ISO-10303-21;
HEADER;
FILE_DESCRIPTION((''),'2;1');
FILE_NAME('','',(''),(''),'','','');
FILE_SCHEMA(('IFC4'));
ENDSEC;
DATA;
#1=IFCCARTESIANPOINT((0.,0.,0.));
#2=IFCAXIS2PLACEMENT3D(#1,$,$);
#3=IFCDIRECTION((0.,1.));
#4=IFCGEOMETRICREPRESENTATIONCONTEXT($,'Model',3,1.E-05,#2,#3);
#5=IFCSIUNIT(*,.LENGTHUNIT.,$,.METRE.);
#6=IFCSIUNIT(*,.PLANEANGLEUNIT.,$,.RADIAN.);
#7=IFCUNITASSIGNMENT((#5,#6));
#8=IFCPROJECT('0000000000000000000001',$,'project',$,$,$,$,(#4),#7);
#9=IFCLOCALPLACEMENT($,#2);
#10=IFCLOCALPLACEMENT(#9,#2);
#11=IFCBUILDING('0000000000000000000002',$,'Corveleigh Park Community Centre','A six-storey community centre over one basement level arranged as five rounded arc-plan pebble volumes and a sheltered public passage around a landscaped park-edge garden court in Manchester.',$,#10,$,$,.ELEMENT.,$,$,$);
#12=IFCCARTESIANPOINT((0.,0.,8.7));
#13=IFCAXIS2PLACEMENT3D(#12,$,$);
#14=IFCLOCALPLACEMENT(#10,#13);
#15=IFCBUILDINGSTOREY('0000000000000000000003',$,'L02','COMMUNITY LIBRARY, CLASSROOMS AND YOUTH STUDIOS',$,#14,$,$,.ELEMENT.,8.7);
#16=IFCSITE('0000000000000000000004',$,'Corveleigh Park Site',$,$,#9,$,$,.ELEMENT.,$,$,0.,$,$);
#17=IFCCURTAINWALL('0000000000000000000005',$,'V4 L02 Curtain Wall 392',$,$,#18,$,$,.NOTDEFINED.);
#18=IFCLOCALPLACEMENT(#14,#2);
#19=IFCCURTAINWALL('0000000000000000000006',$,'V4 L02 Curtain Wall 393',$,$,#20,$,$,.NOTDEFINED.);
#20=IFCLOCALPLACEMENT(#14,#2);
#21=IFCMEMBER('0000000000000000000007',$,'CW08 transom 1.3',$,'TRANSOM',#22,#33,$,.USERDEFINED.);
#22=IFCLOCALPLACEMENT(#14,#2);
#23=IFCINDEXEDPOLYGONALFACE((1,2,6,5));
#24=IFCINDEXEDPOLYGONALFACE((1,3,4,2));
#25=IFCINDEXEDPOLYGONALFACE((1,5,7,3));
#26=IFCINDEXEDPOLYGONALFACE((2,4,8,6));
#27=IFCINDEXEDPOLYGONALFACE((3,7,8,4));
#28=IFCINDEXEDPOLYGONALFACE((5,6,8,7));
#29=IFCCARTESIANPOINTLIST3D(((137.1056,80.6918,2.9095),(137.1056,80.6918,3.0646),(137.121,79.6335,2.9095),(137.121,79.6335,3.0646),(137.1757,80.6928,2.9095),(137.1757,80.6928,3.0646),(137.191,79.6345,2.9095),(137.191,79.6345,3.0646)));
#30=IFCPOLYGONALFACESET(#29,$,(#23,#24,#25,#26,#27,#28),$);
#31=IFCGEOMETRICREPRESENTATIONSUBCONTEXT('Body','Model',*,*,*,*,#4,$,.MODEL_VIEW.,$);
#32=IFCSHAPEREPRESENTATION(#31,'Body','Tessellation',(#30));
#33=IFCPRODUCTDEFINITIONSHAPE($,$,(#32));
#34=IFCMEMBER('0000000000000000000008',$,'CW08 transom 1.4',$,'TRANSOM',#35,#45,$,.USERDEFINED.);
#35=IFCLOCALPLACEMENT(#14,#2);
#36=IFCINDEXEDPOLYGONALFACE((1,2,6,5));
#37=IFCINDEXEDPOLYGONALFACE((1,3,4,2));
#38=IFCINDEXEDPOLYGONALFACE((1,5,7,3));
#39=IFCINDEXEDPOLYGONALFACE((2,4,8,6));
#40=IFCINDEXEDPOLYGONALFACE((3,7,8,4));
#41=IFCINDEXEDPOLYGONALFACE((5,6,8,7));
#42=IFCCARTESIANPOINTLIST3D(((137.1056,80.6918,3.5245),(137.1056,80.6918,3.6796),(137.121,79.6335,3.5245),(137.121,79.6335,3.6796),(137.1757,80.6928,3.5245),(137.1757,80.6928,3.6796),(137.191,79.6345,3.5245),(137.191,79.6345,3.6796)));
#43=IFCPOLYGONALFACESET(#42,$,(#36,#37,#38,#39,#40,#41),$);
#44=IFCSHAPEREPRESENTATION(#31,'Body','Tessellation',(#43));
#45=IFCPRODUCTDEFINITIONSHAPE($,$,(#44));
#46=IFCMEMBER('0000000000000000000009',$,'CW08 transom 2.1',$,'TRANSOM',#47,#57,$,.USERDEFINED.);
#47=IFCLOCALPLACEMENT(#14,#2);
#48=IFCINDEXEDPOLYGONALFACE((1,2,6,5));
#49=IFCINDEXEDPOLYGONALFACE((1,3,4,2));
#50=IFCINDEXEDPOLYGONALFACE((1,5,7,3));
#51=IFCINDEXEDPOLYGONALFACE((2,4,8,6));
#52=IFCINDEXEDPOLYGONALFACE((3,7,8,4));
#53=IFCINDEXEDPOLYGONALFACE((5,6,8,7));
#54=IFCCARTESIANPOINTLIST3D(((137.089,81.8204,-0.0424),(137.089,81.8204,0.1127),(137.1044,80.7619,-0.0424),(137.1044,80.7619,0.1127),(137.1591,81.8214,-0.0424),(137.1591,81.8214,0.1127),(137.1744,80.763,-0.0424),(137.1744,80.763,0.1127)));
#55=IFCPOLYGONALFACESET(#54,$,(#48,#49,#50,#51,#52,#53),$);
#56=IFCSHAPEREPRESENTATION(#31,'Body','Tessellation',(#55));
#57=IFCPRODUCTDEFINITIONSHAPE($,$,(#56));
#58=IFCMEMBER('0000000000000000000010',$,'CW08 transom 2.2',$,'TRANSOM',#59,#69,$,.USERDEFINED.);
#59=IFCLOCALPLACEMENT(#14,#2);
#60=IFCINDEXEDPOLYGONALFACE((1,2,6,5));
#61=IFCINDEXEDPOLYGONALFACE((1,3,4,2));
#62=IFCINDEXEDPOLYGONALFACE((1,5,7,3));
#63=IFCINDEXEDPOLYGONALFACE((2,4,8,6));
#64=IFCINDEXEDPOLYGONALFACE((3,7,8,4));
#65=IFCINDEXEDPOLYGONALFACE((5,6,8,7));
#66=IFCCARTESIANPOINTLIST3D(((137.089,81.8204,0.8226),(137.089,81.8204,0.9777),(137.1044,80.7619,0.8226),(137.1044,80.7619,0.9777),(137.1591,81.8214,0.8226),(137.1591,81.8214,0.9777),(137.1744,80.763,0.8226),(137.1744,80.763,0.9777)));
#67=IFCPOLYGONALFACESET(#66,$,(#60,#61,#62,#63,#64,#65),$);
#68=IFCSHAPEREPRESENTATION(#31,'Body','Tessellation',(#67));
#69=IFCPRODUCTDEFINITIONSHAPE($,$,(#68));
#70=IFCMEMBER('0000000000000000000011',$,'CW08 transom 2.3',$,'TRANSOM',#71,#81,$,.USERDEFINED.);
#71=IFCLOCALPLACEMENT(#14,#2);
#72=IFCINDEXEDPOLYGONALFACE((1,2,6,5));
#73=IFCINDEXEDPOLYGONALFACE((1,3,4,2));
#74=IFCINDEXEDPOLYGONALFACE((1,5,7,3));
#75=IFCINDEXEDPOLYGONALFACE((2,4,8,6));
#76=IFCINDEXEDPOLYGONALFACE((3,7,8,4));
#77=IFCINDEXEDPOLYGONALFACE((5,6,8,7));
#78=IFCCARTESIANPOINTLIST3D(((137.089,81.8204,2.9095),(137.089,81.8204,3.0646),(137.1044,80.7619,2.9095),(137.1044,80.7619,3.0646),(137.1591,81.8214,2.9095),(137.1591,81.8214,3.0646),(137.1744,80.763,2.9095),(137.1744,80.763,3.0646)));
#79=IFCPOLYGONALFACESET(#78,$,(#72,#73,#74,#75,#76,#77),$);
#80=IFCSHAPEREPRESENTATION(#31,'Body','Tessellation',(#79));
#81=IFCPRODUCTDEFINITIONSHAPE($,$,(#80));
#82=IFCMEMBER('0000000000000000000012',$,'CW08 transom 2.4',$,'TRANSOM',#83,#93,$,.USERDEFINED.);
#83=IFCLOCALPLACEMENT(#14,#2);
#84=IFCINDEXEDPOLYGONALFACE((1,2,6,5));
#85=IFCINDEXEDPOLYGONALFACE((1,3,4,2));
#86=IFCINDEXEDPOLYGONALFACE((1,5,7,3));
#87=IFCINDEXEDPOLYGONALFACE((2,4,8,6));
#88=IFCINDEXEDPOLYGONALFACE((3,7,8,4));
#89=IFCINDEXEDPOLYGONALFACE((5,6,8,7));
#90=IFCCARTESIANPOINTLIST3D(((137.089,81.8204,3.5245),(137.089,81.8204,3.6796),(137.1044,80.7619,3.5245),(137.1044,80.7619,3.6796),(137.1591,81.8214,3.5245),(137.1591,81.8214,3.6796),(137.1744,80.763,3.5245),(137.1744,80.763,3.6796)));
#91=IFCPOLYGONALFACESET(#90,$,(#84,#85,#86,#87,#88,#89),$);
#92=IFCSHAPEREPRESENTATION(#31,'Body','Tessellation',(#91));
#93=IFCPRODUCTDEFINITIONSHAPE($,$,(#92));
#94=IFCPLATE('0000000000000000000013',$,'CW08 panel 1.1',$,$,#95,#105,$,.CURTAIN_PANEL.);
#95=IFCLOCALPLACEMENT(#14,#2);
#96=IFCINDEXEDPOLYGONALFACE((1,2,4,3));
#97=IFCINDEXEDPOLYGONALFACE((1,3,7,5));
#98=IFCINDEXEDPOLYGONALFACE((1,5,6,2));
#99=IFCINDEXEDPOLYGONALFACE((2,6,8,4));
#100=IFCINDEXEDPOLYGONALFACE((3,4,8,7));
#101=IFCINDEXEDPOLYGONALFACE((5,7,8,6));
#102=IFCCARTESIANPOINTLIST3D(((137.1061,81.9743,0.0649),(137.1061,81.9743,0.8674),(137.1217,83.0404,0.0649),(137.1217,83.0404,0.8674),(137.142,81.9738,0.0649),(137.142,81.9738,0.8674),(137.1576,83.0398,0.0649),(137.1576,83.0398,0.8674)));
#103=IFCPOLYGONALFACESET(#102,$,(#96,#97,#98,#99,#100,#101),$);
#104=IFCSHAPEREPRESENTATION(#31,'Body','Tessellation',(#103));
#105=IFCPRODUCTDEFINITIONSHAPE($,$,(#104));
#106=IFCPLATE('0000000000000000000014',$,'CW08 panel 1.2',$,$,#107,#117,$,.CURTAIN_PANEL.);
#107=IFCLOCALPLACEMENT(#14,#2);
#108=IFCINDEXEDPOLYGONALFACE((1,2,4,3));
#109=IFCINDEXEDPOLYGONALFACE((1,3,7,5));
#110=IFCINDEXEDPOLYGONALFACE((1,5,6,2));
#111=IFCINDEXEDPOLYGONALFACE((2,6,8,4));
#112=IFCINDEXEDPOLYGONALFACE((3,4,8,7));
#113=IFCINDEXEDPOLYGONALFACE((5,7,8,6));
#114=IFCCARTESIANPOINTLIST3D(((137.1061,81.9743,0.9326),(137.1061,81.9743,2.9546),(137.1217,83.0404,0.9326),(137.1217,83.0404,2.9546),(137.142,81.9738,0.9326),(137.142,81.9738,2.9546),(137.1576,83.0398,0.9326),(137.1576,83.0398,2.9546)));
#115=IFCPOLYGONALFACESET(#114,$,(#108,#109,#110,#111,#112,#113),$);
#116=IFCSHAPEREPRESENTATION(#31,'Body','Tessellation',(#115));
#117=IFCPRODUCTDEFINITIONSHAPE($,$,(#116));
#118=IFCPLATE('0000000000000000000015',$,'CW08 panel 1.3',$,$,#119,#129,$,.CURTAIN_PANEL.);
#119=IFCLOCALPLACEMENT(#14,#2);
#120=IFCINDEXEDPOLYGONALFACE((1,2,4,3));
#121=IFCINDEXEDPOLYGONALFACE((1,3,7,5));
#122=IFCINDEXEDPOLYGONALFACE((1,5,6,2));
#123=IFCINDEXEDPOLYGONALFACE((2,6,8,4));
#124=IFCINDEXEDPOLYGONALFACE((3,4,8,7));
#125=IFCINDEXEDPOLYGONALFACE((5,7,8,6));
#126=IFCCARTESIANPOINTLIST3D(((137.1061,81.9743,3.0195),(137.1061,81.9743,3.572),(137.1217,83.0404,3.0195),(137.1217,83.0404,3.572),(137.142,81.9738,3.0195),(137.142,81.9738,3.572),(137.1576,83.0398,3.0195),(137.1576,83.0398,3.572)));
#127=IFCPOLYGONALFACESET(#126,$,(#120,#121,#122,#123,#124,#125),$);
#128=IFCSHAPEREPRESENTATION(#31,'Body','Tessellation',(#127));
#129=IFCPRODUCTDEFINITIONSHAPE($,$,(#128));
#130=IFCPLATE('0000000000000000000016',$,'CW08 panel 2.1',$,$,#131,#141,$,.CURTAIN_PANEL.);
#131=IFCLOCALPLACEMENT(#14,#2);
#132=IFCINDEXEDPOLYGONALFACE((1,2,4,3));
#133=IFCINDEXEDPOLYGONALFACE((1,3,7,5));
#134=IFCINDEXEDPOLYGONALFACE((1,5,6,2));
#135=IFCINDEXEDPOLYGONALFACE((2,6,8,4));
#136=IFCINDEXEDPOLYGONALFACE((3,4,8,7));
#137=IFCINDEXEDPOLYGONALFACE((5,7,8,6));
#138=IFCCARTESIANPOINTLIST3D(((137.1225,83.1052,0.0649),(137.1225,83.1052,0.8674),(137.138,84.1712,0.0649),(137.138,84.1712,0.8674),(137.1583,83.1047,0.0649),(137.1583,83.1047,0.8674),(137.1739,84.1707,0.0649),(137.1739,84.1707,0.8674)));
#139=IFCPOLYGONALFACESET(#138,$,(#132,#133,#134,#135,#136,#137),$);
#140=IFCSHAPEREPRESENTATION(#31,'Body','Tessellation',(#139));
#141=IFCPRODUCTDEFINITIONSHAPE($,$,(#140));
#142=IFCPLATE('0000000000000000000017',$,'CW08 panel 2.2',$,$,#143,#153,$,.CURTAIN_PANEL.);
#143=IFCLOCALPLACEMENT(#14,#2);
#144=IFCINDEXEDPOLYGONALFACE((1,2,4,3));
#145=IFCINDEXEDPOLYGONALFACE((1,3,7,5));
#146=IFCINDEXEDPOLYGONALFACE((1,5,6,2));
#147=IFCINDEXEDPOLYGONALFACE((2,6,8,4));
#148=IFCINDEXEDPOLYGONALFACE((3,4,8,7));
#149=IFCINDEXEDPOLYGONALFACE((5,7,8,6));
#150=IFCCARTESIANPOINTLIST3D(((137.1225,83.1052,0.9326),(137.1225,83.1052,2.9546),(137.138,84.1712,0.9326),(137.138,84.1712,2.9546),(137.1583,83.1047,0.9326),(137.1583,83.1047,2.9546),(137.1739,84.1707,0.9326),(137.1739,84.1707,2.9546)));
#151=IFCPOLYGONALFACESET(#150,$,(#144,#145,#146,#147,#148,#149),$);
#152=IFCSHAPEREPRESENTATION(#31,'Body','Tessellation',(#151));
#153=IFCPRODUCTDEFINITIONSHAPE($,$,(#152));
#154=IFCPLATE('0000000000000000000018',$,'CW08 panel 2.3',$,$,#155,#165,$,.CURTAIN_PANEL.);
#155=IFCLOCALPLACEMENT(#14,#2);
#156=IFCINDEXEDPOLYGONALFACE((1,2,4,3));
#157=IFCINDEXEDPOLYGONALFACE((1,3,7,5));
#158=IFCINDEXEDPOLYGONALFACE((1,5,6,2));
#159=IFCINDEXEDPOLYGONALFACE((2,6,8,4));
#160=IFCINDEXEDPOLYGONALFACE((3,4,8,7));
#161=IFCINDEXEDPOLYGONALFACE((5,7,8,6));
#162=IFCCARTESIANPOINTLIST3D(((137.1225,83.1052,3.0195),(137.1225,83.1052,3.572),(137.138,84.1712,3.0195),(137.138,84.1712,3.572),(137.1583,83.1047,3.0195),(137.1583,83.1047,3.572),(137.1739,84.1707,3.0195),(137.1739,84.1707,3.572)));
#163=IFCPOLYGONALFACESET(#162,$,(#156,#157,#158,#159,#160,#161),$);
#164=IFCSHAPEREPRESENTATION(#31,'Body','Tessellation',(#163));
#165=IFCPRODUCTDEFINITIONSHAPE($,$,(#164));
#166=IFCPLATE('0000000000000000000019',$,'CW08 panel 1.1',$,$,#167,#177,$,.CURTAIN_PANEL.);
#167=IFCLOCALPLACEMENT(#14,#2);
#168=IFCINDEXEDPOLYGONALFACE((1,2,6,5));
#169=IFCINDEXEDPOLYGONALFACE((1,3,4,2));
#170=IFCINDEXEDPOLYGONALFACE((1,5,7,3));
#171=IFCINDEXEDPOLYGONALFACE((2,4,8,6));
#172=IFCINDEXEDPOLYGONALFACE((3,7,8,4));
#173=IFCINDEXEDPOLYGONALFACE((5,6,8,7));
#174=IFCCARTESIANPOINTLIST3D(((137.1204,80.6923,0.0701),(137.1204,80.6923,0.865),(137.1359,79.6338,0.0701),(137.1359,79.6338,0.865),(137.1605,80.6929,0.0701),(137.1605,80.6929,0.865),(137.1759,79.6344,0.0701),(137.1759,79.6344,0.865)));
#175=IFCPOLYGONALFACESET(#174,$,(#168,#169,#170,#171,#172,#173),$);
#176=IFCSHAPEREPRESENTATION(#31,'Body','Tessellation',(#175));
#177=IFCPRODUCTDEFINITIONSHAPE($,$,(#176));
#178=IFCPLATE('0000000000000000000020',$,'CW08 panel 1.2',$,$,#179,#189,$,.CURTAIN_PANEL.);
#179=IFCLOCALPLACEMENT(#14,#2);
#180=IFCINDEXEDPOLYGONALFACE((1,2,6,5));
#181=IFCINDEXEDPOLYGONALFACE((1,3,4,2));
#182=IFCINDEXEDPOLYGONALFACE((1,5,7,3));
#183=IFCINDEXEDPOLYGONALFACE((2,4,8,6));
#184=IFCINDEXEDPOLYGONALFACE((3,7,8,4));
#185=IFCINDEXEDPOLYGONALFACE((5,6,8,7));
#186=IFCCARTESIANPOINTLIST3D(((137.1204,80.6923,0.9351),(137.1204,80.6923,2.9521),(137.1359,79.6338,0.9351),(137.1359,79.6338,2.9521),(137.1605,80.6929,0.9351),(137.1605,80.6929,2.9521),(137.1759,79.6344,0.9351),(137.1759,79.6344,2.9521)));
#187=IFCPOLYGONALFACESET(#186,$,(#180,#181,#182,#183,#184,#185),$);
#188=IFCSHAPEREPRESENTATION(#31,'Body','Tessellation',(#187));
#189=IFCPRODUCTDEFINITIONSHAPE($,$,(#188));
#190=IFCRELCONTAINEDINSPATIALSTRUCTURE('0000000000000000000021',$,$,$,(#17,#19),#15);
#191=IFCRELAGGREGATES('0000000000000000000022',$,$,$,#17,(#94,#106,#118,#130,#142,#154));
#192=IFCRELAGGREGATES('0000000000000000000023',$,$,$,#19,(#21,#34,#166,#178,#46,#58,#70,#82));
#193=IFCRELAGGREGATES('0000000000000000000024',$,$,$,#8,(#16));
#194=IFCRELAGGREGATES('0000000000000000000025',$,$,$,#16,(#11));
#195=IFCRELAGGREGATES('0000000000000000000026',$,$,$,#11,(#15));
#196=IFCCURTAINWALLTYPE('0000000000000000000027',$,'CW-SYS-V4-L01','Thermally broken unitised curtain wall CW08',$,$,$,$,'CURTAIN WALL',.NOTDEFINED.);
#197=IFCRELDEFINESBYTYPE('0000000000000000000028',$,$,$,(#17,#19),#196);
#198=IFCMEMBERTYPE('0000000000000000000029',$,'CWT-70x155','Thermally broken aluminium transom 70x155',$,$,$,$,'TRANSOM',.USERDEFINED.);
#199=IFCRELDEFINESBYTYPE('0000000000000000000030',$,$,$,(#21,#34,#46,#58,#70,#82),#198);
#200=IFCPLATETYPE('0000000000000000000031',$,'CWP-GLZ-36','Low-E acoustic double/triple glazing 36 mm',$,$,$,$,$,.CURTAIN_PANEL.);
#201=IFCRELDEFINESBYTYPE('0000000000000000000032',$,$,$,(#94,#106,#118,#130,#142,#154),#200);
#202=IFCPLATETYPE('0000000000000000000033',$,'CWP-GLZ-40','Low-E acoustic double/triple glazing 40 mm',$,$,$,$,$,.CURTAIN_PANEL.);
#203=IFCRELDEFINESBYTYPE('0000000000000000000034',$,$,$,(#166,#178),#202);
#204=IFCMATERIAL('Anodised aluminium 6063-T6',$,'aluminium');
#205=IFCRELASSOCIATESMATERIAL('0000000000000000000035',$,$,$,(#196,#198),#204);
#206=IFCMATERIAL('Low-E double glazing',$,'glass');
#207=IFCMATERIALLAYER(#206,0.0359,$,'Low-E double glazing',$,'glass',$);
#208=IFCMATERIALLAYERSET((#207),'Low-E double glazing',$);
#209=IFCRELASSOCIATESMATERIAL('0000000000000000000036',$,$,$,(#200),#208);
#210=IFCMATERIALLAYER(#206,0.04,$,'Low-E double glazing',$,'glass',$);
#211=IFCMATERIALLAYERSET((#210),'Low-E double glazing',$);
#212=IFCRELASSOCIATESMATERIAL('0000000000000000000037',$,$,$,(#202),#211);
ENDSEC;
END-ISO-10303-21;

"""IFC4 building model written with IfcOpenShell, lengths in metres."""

from ifc_helpers import new_model, si_unit, direction, frame, origin, origin_2d, place, context, subcontext, project, spatial, rectangle, extrude, material, layer, layer_set, material_profile, profile_set, type_object, element, aggregate, save


model = new_model("IFC4")

# Units and contexts
model_context = context("Model", 3, precision=1e-05, world=origin(), true_north=direction((0.0, 1.0)))
body_context = subcontext(model_context, "Body", "Model", "MODEL_VIEW")
ifc_project = project(units=[si_unit("LENGTHUNIT", "METRE"), si_unit("PLANEANGLEUNIT", "RADIAN")], contexts=[model_context])

# Site, building, storey
site_placement = place(None, origin())
site = spatial("IfcSite", under=ifc_project, at=site_placement, Name="Corveleigh Park Site", CompositionType="ELEMENT", RefElevation=0.0)
building_placement = place(site_placement, origin())
building = spatial("IfcBuilding", under=site, at=building_placement, Name="Corveleigh Park Community Centre", Description="A six-storey community centre over one basement level arranged as five rounded arc-plan pebble volumes and a sheltered public passage around a landscaped park-edge garden court in Manchester.", CompositionType="ELEMENT")
storey_placement = place(building_placement, frame((0.0, 0.0, 8.7)))
storey = spatial("IfcBuildingStorey", under=building, at=storey_placement, Name="L02", Description="COMMUNITY LIBRARY, CLASSROOMS AND YOUTH STUDIOS", CompositionType="ELEMENT", Elevation=8.7)

# Shared definitions
ifc_material_1 = material(Name="Anodised aluminium 6063-T6", Category="aluminium")
curtain_wall_type = type_object("IfcCurtainWallType", Name="CW-SYS-V4-L01", Description="Thermally broken unitised curtain wall CW08", ElementType="CURTAIN WALL", PredefinedType="NOTDEFINED", material=ifc_material_1)

# Curtain walls
curtain_wall_1_placement = place(storey_placement, origin())
curtain_wall_1 = element("IfcCurtainWall", 1, at=curtain_wall_1_placement, inside=storey, type_object=curtain_wall_type, Name="V4 L02 Curtain Wall 392", PredefinedType="NOTDEFINED")
curtain_wall_2_placement = place(storey_placement, origin())
curtain_wall_2 = element("IfcCurtainWall", 2, at=curtain_wall_2_placement, inside=storey, type_object=curtain_wall_type, Name="V4 L02 Curtain Wall 393", PredefinedType="NOTDEFINED")

# Members
ifc_material_profile_1 = material_profile(ifc_material_1, rectangle(XDim=0.0701, YDim=0.155, at=origin_2d()), Name="ALU-T70x155", Category="aluminium")
ifc_profile_set_1 = profile_set([ifc_material_profile_1], Name="Anodised aluminium 6063-T6")
member_type_1 = type_object("IfcMemberType", Name="CWT-70x155", Description="Thermally broken aluminium transom 70x155", ElementType="TRANSOM", PredefinedType="USERDEFINED", material=ifc_profile_set_1)
member_1_placement = place(storey_placement, frame((137.156, 79.634, 2.9871), z_axis=(-0.014531, 0.999894, 0.0), x_axis=(-0.999894, -0.014531, 0.0)))
member_1 = element("IfcMember", 3, at=member_1_placement, type_object=member_type_1, Name="CW08 transom 1.3", ObjectType="TRANSOM", PredefinedType="USERDEFINED", context=body_context, shape_type="SweptSolid", body=[
    extrude(rectangle(XDim=0.0701, YDim=0.155, at=origin_2d()), origin(), (0.0, 0.0, 1.0), 1.0583),
])
member_2_placement = place(storey_placement, frame((137.156, 79.634, 3.6021), z_axis=(-0.014531, 0.999894, 0.0), x_axis=(-0.999894, -0.014531, 0.0)))
member_2 = element("IfcMember", 4, at=member_2_placement, type_object=member_type_1, Name="CW08 transom 1.4", ObjectType="TRANSOM", PredefinedType="USERDEFINED", context=body_context, shape_type="SweptSolid", body=[
    extrude(rectangle(XDim=0.0701, YDim=0.155, at=origin_2d()), origin(), (0.0, 0.0, 1.0), 1.0583),
])
member_3_placement = place(storey_placement, frame((137.1394, 80.7625, 0.0352), z_axis=(-0.014528, 0.999894, 0.0), x_axis=(-0.999894, -0.014528, 0.0)))
member_3 = element("IfcMember", 5, at=member_3_placement, type_object=member_type_1, Name="CW08 transom 2.1", ObjectType="TRANSOM", PredefinedType="USERDEFINED", context=body_context, shape_type="SweptSolid", body=[
    extrude(rectangle(XDim=0.0701, YDim=0.155, at=origin_2d()), origin(), (0.0, 0.0, 1.0), 1.0586),
])
member_4_placement = place(storey_placement, frame((137.1394, 80.7625, 0.9001), z_axis=(-0.014528, 0.999894, 0.0), x_axis=(-0.999894, -0.014528, 0.0)))
member_4 = element("IfcMember", 6, at=member_4_placement, type_object=member_type_1, Name="CW08 transom 2.2", ObjectType="TRANSOM", PredefinedType="USERDEFINED", context=body_context, shape_type="SweptSolid", body=[
    extrude(rectangle(XDim=0.0701, YDim=0.155, at=origin_2d()), origin(), (0.0, 0.0, 1.0), 1.0586),
])
member_5_placement = place(storey_placement, frame((137.1394, 80.7625, 2.9871), z_axis=(-0.014528, 0.999894, 0.0), x_axis=(-0.999894, -0.014528, 0.0)))
member_5 = element("IfcMember", 7, at=member_5_placement, type_object=member_type_1, Name="CW08 transom 2.3", ObjectType="TRANSOM", PredefinedType="USERDEFINED", context=body_context, shape_type="SweptSolid", body=[
    extrude(rectangle(XDim=0.0701, YDim=0.155, at=origin_2d()), origin(), (0.0, 0.0, 1.0), 1.0586),
])
member_6_placement = place(storey_placement, frame((137.1394, 80.7625, 3.6021), z_axis=(-0.014528, 0.999894, 0.0), x_axis=(-0.999894, -0.014528, 0.0)))
member_6 = element("IfcMember", 8, at=member_6_placement, type_object=member_type_1, Name="CW08 transom 2.4", ObjectType="TRANSOM", PredefinedType="USERDEFINED", context=body_context, shape_type="SweptSolid", body=[
    extrude(rectangle(XDim=0.0701, YDim=0.155, at=origin_2d()), origin(), (0.0, 0.0, 1.0), 1.0586),
])

# Plates
ifc_material_2 = material(Name="Low-E double glazing", Category="glass")
ifc_layer_1 = layer(ifc_material_2, 0.0359, Name="Low-E double glazing", Category="glass")
ifc_layer_set_1 = layer_set([ifc_layer_1], Name="Low-E double glazing")
plate_type_1 = type_object("IfcPlateType", Name="CWP-GLZ-36", Description="Low-E acoustic double/triple glazing 36 mm", PredefinedType="CURTAIN_PANEL", material=ifc_layer_set_1)
plate_1_placement = place(storey_placement, frame((137.1318, 82.5071, 0.0649), z_axis=(0.0, 0.0, 1.0), x_axis=(0.01461, 0.999893, 0.0)))
plate_1 = element("IfcPlate", 9, at=plate_1_placement, type_object=plate_type_1, Name="CW08 panel 1.1", PredefinedType="CURTAIN_PANEL", context=body_context, shape_type="SweptSolid", body=[
    extrude(rectangle(XDim=1.0662, YDim=0.0359, at=origin_2d()), origin(), (0.0, 0.0, 1.0), 0.8025),
])
plate_2_placement = place(storey_placement, frame((137.1318, 82.5071, 0.9326), z_axis=(0.0, 0.0, 1.0), x_axis=(0.01461, 0.999893, 0.0)))
plate_2 = element("IfcPlate", 10, at=plate_2_placement, type_object=plate_type_1, Name="CW08 panel 1.2", PredefinedType="CURTAIN_PANEL", context=body_context, shape_type="SweptSolid", body=[
    extrude(rectangle(XDim=1.0662, YDim=0.0359, at=origin_2d()), origin(), (0.0, 0.0, 1.0), 2.022),
])
plate_3_placement = place(storey_placement, frame((137.1318, 82.5071, 3.0195), z_axis=(0.0, 0.0, 1.0), x_axis=(0.01461, 0.999893, 0.0)))
plate_3 = element("IfcPlate", 11, at=plate_3_placement, type_object=plate_type_1, Name="CW08 panel 1.3", PredefinedType="CURTAIN_PANEL", context=body_context, shape_type="SweptSolid", body=[
    extrude(rectangle(XDim=1.0662, YDim=0.0359, at=origin_2d()), origin(), (0.0, 0.0, 1.0), 0.5525),
])
plate_4_placement = place(storey_placement, frame((137.1482, 83.6379, 0.0649), z_axis=(0.0, 0.0, 1.0), x_axis=(0.01461, 0.999893, 0.0)))
plate_4 = element("IfcPlate", 12, at=plate_4_placement, type_object=plate_type_1, Name="CW08 panel 2.1", PredefinedType="CURTAIN_PANEL", context=body_context, shape_type="SweptSolid", body=[
    extrude(rectangle(XDim=1.0662, YDim=0.0359, at=origin_2d()), origin(), (0.0, 0.0, 1.0), 0.8025),
])
plate_5_placement = place(storey_placement, frame((137.1482, 83.6379, 0.9326), z_axis=(0.0, 0.0, 1.0), x_axis=(0.01461, 0.999893, 0.0)))
plate_5 = element("IfcPlate", 13, at=plate_5_placement, type_object=plate_type_1, Name="CW08 panel 2.2", PredefinedType="CURTAIN_PANEL", context=body_context, shape_type="SweptSolid", body=[
    extrude(rectangle(XDim=1.0662, YDim=0.0359, at=origin_2d()), origin(), (0.0, 0.0, 1.0), 2.022),
])
plate_6_placement = place(storey_placement, frame((137.1482, 83.6379, 3.0195), z_axis=(0.0, 0.0, 1.0), x_axis=(0.01461, 0.999893, 0.0)))
plate_6 = element("IfcPlate", 14, at=plate_6_placement, type_object=plate_type_1, Name="CW08 panel 2.3", PredefinedType="CURTAIN_PANEL", context=body_context, shape_type="SweptSolid", body=[
    extrude(rectangle(XDim=1.0662, YDim=0.0359, at=origin_2d()), origin(), (0.0, 0.0, 1.0), 0.5525),
])
aggregate(curtain_wall_1, [plate_1, plate_2, plate_3, plate_4, plate_5, plate_6])
ifc_layer_2 = layer(ifc_material_2, 0.04, Name="Low-E double glazing", Category="glass")
ifc_layer_set_2 = layer_set([ifc_layer_2], Name="Low-E double glazing")
plate_type_2 = type_object("IfcPlateType", Name="CWP-GLZ-40", Description="Low-E acoustic double/triple glazing 40 mm", PredefinedType="CURTAIN_PANEL", material=ifc_layer_set_2)
plate_7_placement = place(storey_placement, frame((137.1482, 80.1633, 0.0701), z_axis=(0.0, 0.0, 1.0), x_axis=(-0.01461, 0.999893, 0.0)))
plate_7 = element("IfcPlate", 15, at=plate_7_placement, type_object=plate_type_2, Name="CW08 panel 1.1", PredefinedType="CURTAIN_PANEL", context=body_context, shape_type="SweptSolid", body=[
    extrude(rectangle(XDim=1.0586, YDim=0.04, at=origin_2d()), origin(), (0.0, 0.0, 1.0), 0.7949),
])
plate_8_placement = place(storey_placement, frame((137.1482, 80.1633, 0.9351), z_axis=(0.0, 0.0, 1.0), x_axis=(-0.01461, 0.999893, 0.0)))
plate_8 = element("IfcPlate", 16, at=plate_8_placement, type_object=plate_type_2, Name="CW08 panel 1.2", PredefinedType="CURTAIN_PANEL", context=body_context, shape_type="SweptSolid", body=[
    extrude(rectangle(XDim=1.0586, YDim=0.04, at=origin_2d()), origin(), (0.0, 0.0, 1.0), 2.0171),
])
aggregate(curtain_wall_2, [member_1, member_2, plate_7, plate_8, member_3, member_4, member_5, member_6])

save(model, "model.ifc")
